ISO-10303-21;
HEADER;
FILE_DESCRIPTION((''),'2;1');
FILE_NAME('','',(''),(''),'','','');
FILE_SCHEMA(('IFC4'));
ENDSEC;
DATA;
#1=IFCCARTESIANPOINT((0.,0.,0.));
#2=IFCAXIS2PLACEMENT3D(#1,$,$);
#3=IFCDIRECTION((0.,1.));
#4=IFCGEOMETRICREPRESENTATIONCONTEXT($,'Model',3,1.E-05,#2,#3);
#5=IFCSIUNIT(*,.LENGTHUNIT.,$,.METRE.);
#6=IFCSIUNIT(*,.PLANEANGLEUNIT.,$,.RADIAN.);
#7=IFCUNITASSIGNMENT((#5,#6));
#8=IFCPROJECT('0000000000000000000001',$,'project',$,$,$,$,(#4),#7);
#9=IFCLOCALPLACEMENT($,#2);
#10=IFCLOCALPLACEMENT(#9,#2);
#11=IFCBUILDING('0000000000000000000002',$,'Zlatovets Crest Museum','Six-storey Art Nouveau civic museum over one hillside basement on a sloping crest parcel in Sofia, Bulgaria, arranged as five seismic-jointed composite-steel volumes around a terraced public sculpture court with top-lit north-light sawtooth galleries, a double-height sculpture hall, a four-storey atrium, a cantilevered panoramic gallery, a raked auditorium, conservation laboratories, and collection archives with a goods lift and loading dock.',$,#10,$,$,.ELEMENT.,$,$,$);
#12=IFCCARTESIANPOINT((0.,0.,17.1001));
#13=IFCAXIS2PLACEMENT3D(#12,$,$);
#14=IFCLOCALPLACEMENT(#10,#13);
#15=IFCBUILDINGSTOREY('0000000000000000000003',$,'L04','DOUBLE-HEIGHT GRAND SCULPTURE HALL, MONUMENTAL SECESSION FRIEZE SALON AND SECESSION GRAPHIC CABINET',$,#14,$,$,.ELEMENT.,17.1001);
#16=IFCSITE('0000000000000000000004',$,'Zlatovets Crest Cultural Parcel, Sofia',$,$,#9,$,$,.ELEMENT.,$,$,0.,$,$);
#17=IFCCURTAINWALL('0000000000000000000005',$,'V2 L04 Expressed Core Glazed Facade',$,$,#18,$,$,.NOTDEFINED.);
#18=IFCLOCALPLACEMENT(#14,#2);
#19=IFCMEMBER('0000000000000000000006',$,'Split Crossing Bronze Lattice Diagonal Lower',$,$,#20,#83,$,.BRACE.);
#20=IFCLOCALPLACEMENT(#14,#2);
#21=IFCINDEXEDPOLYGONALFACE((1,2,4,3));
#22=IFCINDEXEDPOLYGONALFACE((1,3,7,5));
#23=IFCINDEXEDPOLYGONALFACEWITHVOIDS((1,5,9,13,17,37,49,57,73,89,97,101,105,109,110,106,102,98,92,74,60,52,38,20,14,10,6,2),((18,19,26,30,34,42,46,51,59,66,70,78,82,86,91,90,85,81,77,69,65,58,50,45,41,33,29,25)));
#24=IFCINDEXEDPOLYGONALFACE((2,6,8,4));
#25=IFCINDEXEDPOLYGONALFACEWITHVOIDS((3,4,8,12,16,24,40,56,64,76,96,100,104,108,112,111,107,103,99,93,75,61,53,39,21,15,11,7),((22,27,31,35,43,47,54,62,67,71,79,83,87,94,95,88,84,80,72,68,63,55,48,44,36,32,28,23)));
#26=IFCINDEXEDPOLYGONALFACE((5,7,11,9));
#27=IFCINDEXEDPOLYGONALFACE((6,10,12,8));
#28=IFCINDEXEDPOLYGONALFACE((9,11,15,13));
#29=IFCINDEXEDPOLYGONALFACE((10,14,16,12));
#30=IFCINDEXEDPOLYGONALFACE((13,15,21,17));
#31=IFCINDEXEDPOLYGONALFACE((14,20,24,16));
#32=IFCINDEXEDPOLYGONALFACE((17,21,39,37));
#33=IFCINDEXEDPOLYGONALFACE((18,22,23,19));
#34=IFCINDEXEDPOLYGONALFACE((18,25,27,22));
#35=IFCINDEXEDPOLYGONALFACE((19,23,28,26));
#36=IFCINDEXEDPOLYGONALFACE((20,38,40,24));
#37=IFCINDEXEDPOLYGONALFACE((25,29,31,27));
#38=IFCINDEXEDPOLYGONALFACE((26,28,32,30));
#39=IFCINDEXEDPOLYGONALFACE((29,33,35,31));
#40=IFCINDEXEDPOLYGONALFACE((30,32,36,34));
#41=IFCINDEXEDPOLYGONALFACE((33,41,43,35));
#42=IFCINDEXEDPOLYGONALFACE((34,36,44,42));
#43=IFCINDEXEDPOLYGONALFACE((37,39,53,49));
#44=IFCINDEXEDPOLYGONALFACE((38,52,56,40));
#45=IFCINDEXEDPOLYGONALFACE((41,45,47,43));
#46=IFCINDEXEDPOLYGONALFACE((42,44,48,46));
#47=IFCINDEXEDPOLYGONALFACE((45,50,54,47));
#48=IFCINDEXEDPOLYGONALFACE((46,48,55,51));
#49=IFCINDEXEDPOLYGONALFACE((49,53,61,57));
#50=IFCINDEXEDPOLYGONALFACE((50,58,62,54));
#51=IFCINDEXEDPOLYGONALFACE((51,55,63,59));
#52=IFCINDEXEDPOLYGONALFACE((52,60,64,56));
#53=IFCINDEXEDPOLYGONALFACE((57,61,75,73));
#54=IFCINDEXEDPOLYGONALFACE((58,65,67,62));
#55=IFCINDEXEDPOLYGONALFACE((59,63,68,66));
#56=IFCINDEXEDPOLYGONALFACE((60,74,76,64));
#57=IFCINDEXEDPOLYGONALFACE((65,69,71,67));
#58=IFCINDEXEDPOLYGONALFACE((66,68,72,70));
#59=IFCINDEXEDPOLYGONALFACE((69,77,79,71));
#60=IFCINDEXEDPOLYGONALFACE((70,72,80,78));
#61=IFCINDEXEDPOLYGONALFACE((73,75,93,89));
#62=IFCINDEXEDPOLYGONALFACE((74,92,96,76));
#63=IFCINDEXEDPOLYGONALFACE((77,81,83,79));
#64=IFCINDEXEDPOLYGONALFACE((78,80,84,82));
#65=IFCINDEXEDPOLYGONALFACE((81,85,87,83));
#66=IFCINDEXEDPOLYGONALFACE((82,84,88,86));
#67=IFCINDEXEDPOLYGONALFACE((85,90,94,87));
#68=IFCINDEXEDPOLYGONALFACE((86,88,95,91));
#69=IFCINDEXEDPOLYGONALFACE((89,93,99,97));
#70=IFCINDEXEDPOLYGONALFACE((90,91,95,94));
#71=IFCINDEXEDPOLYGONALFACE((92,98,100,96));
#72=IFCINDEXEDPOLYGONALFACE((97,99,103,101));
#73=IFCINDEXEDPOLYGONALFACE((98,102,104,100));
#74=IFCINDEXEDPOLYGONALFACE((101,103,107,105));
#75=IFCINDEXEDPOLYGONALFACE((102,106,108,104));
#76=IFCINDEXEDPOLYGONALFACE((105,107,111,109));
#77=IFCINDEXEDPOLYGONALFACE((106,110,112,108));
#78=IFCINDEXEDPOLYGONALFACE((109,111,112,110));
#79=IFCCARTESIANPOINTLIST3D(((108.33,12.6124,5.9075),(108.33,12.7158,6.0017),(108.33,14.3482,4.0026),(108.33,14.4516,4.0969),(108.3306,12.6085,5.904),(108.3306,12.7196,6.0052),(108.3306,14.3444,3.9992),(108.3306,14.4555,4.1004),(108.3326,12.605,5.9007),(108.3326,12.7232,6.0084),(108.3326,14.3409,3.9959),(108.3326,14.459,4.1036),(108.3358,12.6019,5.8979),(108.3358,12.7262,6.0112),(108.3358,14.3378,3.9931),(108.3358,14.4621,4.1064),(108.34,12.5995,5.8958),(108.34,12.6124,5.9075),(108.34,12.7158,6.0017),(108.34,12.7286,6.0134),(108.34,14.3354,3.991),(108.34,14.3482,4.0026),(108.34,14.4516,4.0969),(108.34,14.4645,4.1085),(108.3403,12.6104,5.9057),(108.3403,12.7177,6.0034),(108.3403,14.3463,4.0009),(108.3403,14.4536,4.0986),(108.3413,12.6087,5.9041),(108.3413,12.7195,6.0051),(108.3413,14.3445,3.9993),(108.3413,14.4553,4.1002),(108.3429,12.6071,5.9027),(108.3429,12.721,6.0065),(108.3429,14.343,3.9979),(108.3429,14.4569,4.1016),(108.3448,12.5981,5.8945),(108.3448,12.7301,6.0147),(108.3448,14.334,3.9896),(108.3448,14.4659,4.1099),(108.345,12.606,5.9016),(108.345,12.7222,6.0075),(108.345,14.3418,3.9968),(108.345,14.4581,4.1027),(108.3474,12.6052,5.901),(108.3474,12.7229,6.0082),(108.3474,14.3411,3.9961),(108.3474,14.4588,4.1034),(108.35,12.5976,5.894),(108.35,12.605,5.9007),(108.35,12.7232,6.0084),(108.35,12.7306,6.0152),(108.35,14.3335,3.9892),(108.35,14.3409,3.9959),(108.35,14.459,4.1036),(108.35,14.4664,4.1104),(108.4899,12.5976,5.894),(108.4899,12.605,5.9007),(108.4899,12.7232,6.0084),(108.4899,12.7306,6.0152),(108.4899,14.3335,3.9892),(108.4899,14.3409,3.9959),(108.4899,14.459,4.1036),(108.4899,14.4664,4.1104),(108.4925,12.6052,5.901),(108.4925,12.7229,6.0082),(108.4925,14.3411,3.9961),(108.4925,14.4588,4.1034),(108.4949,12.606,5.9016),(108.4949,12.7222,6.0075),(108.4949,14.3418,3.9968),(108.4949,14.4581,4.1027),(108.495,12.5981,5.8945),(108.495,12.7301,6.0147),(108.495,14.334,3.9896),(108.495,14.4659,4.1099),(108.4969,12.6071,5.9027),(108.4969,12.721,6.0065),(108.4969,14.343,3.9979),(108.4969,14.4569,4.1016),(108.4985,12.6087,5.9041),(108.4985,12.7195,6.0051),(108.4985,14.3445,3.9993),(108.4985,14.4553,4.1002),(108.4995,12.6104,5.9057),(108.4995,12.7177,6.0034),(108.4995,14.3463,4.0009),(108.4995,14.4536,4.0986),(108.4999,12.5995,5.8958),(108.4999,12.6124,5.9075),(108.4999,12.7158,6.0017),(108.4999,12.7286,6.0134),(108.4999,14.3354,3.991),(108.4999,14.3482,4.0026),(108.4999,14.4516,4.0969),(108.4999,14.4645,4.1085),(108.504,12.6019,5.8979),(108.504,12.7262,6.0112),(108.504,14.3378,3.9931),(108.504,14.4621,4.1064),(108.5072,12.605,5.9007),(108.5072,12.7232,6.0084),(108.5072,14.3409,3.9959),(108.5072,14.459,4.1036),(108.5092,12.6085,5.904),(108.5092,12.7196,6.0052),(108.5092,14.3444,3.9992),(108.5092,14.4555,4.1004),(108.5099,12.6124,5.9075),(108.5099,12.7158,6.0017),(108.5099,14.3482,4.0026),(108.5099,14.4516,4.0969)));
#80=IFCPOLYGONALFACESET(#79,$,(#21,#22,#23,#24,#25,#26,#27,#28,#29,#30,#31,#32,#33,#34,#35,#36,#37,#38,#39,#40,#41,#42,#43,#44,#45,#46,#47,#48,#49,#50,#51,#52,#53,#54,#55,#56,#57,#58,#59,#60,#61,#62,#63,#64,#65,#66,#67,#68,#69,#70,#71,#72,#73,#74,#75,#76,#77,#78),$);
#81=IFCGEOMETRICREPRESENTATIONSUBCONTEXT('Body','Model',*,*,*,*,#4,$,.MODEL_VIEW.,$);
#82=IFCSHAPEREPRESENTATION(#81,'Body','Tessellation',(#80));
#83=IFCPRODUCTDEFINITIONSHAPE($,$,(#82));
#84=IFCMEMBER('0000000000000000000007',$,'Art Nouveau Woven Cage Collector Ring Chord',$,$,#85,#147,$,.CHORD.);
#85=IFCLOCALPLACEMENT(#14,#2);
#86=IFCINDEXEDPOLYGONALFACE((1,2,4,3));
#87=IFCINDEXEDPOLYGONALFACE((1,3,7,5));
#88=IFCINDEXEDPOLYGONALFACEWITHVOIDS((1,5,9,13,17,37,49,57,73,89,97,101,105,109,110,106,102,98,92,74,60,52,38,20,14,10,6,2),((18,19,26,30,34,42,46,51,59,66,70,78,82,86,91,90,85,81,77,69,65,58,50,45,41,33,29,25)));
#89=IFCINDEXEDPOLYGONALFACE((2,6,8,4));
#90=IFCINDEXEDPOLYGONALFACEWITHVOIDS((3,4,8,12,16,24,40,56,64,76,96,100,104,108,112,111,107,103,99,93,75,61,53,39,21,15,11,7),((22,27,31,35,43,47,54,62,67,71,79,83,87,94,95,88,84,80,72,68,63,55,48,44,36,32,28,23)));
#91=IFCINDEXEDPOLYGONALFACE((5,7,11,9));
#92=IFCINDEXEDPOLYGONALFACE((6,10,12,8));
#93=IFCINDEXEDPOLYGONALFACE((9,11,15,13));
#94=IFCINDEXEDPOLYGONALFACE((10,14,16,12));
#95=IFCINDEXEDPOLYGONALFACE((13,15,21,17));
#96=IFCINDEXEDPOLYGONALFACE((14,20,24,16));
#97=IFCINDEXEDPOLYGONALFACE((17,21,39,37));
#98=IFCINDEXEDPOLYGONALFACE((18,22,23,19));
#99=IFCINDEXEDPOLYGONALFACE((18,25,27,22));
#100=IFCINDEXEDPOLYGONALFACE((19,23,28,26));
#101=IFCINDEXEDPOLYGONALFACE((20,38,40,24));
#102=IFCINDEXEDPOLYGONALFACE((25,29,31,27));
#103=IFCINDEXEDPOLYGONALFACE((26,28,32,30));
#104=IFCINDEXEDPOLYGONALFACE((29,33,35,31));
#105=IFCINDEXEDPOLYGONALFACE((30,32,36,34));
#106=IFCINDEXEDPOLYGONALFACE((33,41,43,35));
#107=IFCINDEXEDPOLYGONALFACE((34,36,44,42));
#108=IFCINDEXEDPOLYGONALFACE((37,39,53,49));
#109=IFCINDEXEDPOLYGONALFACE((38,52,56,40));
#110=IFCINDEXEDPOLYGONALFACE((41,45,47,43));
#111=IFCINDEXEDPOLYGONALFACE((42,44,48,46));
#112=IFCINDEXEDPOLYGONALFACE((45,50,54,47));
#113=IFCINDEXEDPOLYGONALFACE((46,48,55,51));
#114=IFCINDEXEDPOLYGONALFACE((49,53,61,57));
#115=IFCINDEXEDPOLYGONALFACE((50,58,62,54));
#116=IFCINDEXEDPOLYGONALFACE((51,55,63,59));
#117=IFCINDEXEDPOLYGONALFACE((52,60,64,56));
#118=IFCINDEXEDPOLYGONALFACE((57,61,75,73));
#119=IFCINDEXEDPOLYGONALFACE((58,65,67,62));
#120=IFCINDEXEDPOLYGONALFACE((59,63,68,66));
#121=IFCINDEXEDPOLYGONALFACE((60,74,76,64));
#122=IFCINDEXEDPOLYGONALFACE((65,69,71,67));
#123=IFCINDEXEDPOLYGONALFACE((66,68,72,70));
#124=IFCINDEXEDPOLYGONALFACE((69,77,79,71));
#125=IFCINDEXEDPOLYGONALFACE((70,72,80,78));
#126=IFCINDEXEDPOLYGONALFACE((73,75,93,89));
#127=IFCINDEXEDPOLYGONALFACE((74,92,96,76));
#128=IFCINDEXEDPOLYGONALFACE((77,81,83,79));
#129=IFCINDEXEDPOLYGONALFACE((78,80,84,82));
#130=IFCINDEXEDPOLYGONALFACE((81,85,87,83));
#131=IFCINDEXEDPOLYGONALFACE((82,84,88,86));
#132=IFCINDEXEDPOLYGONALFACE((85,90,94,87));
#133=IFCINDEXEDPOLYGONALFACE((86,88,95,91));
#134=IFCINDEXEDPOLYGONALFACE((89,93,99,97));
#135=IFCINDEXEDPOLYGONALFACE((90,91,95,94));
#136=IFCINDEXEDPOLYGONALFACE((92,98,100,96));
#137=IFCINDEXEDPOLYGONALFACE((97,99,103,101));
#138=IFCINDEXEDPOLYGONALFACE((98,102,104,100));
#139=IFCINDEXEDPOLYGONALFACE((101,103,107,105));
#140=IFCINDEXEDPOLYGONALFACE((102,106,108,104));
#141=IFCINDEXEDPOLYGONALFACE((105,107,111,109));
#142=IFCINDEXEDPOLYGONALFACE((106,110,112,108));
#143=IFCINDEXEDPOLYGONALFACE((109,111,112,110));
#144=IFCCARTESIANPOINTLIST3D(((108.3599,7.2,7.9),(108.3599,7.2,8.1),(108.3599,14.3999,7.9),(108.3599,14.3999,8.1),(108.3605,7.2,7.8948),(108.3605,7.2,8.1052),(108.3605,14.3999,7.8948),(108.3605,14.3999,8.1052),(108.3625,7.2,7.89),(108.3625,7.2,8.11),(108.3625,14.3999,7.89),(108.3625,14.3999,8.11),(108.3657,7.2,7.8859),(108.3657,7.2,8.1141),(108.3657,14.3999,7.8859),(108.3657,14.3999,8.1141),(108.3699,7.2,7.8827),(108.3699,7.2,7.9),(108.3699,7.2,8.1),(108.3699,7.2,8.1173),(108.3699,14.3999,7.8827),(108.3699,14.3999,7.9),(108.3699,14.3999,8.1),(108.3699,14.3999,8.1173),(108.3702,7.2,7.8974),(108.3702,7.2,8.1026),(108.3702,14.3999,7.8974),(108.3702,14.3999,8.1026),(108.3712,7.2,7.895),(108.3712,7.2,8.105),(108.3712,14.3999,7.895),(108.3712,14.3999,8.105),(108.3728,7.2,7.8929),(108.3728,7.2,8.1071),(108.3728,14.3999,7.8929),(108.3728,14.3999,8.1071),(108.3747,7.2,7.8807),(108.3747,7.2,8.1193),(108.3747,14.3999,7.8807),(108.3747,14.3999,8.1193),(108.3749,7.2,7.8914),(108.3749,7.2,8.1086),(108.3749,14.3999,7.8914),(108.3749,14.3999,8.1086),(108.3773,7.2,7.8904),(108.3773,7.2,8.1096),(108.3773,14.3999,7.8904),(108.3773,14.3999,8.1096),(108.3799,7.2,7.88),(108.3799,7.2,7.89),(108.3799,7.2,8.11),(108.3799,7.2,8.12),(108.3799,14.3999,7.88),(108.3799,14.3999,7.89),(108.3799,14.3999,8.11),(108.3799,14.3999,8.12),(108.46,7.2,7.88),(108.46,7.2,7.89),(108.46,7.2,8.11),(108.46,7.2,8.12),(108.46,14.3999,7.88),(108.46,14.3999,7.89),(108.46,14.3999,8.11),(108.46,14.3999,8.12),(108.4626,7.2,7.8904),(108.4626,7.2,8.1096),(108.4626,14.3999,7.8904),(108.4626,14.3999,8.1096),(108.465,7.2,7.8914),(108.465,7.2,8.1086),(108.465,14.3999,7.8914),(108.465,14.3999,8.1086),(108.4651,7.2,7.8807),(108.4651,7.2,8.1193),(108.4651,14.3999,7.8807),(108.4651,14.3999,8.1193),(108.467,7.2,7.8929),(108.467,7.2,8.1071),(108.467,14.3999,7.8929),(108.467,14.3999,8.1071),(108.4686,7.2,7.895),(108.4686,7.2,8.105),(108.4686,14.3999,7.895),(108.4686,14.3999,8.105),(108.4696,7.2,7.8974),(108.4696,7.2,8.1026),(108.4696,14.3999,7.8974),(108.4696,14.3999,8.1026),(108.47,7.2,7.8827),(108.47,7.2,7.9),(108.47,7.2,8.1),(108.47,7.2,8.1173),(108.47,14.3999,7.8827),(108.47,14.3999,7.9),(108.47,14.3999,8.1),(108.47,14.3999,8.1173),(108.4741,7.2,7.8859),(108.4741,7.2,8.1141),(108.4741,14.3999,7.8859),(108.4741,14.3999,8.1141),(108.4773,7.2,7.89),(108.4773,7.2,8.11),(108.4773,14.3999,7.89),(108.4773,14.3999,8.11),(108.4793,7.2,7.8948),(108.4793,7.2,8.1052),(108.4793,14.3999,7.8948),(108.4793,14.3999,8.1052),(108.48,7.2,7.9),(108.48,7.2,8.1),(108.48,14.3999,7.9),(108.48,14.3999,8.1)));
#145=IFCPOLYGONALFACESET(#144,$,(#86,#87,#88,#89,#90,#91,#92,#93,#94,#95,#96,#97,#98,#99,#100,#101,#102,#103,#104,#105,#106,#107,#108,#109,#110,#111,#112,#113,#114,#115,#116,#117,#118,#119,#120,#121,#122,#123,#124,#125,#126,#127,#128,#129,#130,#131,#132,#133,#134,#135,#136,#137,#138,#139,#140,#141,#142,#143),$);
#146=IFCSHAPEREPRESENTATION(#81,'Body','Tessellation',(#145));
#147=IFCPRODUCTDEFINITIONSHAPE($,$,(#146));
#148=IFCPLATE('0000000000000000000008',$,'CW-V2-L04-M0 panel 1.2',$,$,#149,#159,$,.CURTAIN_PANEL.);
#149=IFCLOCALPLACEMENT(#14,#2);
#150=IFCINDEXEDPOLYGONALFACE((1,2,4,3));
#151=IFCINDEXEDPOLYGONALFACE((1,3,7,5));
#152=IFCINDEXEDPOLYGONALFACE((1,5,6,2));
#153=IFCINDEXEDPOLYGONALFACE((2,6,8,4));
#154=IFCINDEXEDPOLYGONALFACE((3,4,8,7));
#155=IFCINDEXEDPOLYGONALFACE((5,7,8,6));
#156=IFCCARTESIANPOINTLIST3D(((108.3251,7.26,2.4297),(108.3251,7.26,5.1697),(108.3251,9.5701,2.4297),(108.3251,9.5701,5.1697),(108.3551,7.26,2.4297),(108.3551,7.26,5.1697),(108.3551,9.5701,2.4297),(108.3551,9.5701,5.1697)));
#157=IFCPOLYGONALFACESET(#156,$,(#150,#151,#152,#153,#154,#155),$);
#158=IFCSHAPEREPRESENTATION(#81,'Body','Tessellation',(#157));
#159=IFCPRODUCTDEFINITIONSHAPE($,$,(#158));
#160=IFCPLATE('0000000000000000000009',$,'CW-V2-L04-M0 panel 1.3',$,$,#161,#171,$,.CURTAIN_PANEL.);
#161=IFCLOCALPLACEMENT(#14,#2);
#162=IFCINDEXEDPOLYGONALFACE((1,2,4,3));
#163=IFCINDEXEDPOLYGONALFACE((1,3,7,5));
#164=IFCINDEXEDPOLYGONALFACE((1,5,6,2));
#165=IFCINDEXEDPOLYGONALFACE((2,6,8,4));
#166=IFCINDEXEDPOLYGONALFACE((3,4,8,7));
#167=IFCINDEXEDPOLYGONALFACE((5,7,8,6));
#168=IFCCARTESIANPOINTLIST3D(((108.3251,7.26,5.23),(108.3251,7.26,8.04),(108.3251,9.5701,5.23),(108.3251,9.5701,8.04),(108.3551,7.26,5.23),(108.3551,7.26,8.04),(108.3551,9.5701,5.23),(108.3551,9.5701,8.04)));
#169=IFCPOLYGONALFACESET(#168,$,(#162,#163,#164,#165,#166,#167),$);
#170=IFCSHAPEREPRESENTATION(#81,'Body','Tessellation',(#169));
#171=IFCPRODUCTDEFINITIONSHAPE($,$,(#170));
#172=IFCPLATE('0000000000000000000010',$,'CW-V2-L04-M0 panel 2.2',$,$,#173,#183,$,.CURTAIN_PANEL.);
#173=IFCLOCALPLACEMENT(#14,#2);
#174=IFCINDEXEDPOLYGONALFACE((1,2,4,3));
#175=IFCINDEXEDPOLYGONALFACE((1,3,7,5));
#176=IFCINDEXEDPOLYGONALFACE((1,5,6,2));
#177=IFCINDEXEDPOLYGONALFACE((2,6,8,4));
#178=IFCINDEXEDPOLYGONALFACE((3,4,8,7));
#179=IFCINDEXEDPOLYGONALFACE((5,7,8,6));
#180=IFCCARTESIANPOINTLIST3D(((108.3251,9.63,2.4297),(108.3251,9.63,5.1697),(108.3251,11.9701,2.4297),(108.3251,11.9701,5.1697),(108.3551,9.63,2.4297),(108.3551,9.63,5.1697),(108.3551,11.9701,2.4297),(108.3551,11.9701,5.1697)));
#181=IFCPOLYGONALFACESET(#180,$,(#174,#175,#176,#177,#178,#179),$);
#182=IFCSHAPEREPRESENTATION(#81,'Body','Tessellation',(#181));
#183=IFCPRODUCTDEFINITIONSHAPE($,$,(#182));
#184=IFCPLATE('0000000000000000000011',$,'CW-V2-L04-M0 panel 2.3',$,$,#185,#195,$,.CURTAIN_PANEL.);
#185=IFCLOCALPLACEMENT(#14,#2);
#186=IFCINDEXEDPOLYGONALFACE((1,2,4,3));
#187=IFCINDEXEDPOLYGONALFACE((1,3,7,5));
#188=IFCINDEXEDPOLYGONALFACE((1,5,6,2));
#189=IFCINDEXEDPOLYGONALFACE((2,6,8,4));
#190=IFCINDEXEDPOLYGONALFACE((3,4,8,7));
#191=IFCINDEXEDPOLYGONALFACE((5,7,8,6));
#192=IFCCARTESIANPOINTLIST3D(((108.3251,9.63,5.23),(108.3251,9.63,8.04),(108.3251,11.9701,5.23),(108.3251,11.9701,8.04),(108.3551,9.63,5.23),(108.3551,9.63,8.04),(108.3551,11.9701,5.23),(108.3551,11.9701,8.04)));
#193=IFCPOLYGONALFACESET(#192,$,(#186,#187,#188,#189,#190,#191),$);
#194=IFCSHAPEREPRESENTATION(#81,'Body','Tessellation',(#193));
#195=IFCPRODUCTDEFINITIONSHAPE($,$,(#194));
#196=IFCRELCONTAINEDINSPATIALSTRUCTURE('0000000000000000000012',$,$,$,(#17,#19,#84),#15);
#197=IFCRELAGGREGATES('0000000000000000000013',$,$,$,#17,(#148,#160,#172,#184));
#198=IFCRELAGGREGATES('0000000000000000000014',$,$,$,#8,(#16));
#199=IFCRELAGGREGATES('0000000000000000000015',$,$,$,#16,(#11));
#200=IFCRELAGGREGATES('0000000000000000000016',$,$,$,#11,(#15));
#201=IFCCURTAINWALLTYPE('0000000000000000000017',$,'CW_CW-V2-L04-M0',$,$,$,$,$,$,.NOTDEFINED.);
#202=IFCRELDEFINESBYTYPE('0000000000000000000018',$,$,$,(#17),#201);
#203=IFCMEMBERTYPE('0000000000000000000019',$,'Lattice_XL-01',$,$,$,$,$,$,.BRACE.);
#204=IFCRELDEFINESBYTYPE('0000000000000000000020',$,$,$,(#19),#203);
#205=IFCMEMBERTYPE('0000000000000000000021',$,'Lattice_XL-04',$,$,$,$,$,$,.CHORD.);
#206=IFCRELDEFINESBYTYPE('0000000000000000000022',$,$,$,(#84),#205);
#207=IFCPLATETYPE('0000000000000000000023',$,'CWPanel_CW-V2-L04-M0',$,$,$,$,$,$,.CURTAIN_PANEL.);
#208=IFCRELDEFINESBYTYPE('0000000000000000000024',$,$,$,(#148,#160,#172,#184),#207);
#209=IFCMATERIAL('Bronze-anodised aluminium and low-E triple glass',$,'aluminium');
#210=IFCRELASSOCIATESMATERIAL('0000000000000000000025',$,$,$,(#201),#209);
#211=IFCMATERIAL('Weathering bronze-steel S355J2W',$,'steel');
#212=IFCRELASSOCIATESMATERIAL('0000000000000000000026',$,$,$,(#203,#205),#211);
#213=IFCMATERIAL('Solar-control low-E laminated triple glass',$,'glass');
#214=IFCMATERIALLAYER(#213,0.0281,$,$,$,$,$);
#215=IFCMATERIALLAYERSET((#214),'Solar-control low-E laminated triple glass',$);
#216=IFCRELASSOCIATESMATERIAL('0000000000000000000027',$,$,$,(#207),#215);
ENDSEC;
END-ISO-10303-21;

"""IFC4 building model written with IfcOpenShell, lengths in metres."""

from ifc_helpers import new_model, si_unit, direction, frame, origin, origin_2d, place, context, subcontext, project, spatial, rectangle, hollow_rectangle, extrude, material, layer, layer_set, material_profile, profile_set, type_object, element, aggregate, save


model = new_model("IFC4")

# Units and contexts
model_context = context("Model", 3, precision=1e-05, world=origin(), true_north=direction((0.0, 1.0)))
body_context = subcontext(model_context, "Body", "Model", "MODEL_VIEW")
ifc_project = project(units=[si_unit("LENGTHUNIT", "METRE"), si_unit("PLANEANGLEUNIT", "RADIAN")], contexts=[model_context])

# Site, building, storey
site_placement = place(None, origin())
site = spatial("IfcSite", under=ifc_project, at=site_placement, Name="Zlatovets Crest Cultural Parcel, Sofia", CompositionType="ELEMENT", RefElevation=0.0)
building_placement = place(site_placement, origin())
building = spatial("IfcBuilding", under=site, at=building_placement, Name="Zlatovets Crest Museum", Description="Six-storey Art Nouveau civic museum over one hillside basement on a sloping crest parcel in Sofia, Bulgaria, arranged as five seismic-jointed composite-steel volumes around a terraced public sculpture court with top-lit north-light sawtooth galleries, a double-height sculpture hall, a four-storey atrium, a cantilevered panoramic gallery, a raked auditorium, conservation laboratories, and collection archives with a goods lift and loading dock.", CompositionType="ELEMENT")
storey_placement = place(building_placement, frame((0.0, 0.0, 17.1001)))
storey = spatial("IfcBuildingStorey", under=building, at=storey_placement, Name="L04", Description="DOUBLE-HEIGHT GRAND SCULPTURE HALL, MONUMENTAL SECESSION FRIEZE SALON AND SECESSION GRAPHIC CABINET", CompositionType="ELEMENT", Elevation=17.1001)

# Curtain wall
ifc_material_1 = material(Name="Bronze-anodised aluminium and low-E triple glass", Category="aluminium")
curtain_wall_type = type_object("IfcCurtainWallType", Name="CW_CW-V2-L04-M0", PredefinedType="NOTDEFINED", material=ifc_material_1)
curtain_wall_placement = place(storey_placement, origin())
curtain_wall = element("IfcCurtainWall", 1, at=curtain_wall_placement, inside=storey, type_object=curtain_wall_type, Name="V2 L04 Expressed Core Glazed Facade", PredefinedType="NOTDEFINED")

# Members
ifc_material_2 = material(Name="Weathering bronze-steel S355J2W", Category="steel")
ifc_material_profile_1 = material_profile(ifc_material_2, hollow_rectangle(XDim=0.1799, YDim=0.1799, WallThickness=0.01, InnerFilletRadius=0.01, OuterFilletRadius=0.02, at=origin_2d()), Name="SHS 180x180x10.0")
ifc_profile_set_1 = profile_set([ifc_material_profile_1], Name="Weathering bronze-steel S355J2W")
member_type_1 = type_object("IfcMemberType", Name="Lattice_XL-01", PredefinedType="BRACE", material=ifc_profile_set_1)
for number, where, z_axis, x_axis, name in (
    (2, (108.4199, 12.6641, 5.9546), (0.0, 0.673568, -0.739125), (-1.0, 0.0, 0.0), "Split Crossing Bronze Lattice Diagonal Lower"),
):
    element("IfcMember", number, at=place(storey_placement, frame(where, z_axis=z_axis, x_axis=x_axis)), inside=storey, type_object=member_type_1, Name=name, PredefinedType="BRACE", context=body_context, shape_type="SweptSolid", body=[
        extrude(hollow_rectangle(XDim=0.1799, YDim=0.1799, WallThickness=0.01, InnerFilletRadius=0.01, OuterFilletRadius=0.02, at=origin_2d()), origin(), (0.0, 0.0, 1.0), 2.5771),
    ])
ifc_material_profile_2 = material_profile(ifc_material_2, hollow_rectangle(XDim=0.1201, YDim=0.24, WallThickness=0.01, InnerFilletRadius=0.01, OuterFilletRadius=0.02, at=origin_2d()), Name="RHS 120x240x10.0")
ifc_profile_set_2 = profile_set([ifc_material_profile_2], Name="Weathering bronze-steel S355J2W")
member_type_2 = type_object("IfcMemberType", Name="Lattice_XL-04", PredefinedType="CHORD", material=ifc_profile_set_2)
member_1_placement = place(storey_placement, frame((108.4199, 7.2, 8.0), z_axis=(0.0, 1.0, 0.0), x_axis=(-1.0, 0.0, 0.0)))
element("IfcMember", 3, at=member_1_placement, inside=storey, type_object=member_type_2, Name="Art Nouveau Woven Cage Collector Ring Chord", PredefinedType="CHORD", context=body_context, shape_type="SweptSolid", body=[
    extrude(hollow_rectangle(XDim=0.1201, YDim=0.24, WallThickness=0.01, InnerFilletRadius=0.01, OuterFilletRadius=0.02, at=origin_2d()), origin(), (0.0, 0.0, 1.0), 7.2),
])

# Plates
ifc_material_3 = material(Name="Solar-control low-E laminated triple glass", Category="glass")
ifc_layer_1 = layer(ifc_material_3, 0.0281)
ifc_layer_set_1 = layer_set([ifc_layer_1], Name="Solar-control low-E laminated triple glass")
plate_type_1 = type_object("IfcPlateType", Name="CWPanel_CW-V2-L04-M0", PredefinedType="CURTAIN_PANEL", material=ifc_layer_set_1)
plate_1_placement = place(storey_placement, frame((108.3401, 8.415, 2.4297), z_axis=(0.0, 0.0, 1.0), x_axis=(0.0, 1.0, 0.0)))
plate_1 = element("IfcPlate", 4, at=plate_1_placement, type_object=plate_type_1, Name="CW-V2-L04-M0 panel 1.2", PredefinedType="CURTAIN_PANEL", context=body_context, shape_type="SweptSolid", body=[
    extrude(rectangle(XDim=2.3101, YDim=0.03, at=origin_2d()), origin(), (0.0, 0.0, 1.0), 2.74),
])
plate_2_placement = place(storey_placement, frame((108.3401, 8.415, 5.23), z_axis=(0.0, 0.0, 1.0), x_axis=(0.0, 1.0, 0.0)))
plate_2 = element("IfcPlate", 5, at=plate_2_placement, type_object=plate_type_1, Name="CW-V2-L04-M0 panel 1.3", PredefinedType="CURTAIN_PANEL", context=body_context, shape_type="SweptSolid", body=[
    extrude(rectangle(XDim=2.3101, YDim=0.03, at=origin_2d()), origin(), (0.0, 0.0, 1.0), 2.8101),
])
plate_3_placement = place(storey_placement, frame((108.3401, 10.8, 2.4297), z_axis=(0.0, 0.0, 1.0), x_axis=(0.0, 1.0, 0.0)))
plate_3 = element("IfcPlate", 6, at=plate_3_placement, type_object=plate_type_1, Name="CW-V2-L04-M0 panel 2.2", PredefinedType="CURTAIN_PANEL", context=body_context, shape_type="SweptSolid", body=[
    extrude(rectangle(XDim=2.3401, YDim=0.03, at=origin_2d()), origin(), (0.0, 0.0, 1.0), 2.74),
])
plate_4_placement = place(storey_placement, frame((108.3401, 10.8, 5.23), z_axis=(0.0, 0.0, 1.0), x_axis=(0.0, 1.0, 0.0)))
plate_4 = element("IfcPlate", 7, at=plate_4_placement, type_object=plate_type_1, Name="CW-V2-L04-M0 panel 2.3", PredefinedType="CURTAIN_PANEL", context=body_context, shape_type="SweptSolid", body=[
    extrude(rectangle(XDim=2.3401, YDim=0.03, at=origin_2d()), origin(), (0.0, 0.0, 1.0), 2.8101),
])
aggregate(curtain_wall, [plate_1, plate_2, plate_3, plate_4])

save(model, "model.ifc")
